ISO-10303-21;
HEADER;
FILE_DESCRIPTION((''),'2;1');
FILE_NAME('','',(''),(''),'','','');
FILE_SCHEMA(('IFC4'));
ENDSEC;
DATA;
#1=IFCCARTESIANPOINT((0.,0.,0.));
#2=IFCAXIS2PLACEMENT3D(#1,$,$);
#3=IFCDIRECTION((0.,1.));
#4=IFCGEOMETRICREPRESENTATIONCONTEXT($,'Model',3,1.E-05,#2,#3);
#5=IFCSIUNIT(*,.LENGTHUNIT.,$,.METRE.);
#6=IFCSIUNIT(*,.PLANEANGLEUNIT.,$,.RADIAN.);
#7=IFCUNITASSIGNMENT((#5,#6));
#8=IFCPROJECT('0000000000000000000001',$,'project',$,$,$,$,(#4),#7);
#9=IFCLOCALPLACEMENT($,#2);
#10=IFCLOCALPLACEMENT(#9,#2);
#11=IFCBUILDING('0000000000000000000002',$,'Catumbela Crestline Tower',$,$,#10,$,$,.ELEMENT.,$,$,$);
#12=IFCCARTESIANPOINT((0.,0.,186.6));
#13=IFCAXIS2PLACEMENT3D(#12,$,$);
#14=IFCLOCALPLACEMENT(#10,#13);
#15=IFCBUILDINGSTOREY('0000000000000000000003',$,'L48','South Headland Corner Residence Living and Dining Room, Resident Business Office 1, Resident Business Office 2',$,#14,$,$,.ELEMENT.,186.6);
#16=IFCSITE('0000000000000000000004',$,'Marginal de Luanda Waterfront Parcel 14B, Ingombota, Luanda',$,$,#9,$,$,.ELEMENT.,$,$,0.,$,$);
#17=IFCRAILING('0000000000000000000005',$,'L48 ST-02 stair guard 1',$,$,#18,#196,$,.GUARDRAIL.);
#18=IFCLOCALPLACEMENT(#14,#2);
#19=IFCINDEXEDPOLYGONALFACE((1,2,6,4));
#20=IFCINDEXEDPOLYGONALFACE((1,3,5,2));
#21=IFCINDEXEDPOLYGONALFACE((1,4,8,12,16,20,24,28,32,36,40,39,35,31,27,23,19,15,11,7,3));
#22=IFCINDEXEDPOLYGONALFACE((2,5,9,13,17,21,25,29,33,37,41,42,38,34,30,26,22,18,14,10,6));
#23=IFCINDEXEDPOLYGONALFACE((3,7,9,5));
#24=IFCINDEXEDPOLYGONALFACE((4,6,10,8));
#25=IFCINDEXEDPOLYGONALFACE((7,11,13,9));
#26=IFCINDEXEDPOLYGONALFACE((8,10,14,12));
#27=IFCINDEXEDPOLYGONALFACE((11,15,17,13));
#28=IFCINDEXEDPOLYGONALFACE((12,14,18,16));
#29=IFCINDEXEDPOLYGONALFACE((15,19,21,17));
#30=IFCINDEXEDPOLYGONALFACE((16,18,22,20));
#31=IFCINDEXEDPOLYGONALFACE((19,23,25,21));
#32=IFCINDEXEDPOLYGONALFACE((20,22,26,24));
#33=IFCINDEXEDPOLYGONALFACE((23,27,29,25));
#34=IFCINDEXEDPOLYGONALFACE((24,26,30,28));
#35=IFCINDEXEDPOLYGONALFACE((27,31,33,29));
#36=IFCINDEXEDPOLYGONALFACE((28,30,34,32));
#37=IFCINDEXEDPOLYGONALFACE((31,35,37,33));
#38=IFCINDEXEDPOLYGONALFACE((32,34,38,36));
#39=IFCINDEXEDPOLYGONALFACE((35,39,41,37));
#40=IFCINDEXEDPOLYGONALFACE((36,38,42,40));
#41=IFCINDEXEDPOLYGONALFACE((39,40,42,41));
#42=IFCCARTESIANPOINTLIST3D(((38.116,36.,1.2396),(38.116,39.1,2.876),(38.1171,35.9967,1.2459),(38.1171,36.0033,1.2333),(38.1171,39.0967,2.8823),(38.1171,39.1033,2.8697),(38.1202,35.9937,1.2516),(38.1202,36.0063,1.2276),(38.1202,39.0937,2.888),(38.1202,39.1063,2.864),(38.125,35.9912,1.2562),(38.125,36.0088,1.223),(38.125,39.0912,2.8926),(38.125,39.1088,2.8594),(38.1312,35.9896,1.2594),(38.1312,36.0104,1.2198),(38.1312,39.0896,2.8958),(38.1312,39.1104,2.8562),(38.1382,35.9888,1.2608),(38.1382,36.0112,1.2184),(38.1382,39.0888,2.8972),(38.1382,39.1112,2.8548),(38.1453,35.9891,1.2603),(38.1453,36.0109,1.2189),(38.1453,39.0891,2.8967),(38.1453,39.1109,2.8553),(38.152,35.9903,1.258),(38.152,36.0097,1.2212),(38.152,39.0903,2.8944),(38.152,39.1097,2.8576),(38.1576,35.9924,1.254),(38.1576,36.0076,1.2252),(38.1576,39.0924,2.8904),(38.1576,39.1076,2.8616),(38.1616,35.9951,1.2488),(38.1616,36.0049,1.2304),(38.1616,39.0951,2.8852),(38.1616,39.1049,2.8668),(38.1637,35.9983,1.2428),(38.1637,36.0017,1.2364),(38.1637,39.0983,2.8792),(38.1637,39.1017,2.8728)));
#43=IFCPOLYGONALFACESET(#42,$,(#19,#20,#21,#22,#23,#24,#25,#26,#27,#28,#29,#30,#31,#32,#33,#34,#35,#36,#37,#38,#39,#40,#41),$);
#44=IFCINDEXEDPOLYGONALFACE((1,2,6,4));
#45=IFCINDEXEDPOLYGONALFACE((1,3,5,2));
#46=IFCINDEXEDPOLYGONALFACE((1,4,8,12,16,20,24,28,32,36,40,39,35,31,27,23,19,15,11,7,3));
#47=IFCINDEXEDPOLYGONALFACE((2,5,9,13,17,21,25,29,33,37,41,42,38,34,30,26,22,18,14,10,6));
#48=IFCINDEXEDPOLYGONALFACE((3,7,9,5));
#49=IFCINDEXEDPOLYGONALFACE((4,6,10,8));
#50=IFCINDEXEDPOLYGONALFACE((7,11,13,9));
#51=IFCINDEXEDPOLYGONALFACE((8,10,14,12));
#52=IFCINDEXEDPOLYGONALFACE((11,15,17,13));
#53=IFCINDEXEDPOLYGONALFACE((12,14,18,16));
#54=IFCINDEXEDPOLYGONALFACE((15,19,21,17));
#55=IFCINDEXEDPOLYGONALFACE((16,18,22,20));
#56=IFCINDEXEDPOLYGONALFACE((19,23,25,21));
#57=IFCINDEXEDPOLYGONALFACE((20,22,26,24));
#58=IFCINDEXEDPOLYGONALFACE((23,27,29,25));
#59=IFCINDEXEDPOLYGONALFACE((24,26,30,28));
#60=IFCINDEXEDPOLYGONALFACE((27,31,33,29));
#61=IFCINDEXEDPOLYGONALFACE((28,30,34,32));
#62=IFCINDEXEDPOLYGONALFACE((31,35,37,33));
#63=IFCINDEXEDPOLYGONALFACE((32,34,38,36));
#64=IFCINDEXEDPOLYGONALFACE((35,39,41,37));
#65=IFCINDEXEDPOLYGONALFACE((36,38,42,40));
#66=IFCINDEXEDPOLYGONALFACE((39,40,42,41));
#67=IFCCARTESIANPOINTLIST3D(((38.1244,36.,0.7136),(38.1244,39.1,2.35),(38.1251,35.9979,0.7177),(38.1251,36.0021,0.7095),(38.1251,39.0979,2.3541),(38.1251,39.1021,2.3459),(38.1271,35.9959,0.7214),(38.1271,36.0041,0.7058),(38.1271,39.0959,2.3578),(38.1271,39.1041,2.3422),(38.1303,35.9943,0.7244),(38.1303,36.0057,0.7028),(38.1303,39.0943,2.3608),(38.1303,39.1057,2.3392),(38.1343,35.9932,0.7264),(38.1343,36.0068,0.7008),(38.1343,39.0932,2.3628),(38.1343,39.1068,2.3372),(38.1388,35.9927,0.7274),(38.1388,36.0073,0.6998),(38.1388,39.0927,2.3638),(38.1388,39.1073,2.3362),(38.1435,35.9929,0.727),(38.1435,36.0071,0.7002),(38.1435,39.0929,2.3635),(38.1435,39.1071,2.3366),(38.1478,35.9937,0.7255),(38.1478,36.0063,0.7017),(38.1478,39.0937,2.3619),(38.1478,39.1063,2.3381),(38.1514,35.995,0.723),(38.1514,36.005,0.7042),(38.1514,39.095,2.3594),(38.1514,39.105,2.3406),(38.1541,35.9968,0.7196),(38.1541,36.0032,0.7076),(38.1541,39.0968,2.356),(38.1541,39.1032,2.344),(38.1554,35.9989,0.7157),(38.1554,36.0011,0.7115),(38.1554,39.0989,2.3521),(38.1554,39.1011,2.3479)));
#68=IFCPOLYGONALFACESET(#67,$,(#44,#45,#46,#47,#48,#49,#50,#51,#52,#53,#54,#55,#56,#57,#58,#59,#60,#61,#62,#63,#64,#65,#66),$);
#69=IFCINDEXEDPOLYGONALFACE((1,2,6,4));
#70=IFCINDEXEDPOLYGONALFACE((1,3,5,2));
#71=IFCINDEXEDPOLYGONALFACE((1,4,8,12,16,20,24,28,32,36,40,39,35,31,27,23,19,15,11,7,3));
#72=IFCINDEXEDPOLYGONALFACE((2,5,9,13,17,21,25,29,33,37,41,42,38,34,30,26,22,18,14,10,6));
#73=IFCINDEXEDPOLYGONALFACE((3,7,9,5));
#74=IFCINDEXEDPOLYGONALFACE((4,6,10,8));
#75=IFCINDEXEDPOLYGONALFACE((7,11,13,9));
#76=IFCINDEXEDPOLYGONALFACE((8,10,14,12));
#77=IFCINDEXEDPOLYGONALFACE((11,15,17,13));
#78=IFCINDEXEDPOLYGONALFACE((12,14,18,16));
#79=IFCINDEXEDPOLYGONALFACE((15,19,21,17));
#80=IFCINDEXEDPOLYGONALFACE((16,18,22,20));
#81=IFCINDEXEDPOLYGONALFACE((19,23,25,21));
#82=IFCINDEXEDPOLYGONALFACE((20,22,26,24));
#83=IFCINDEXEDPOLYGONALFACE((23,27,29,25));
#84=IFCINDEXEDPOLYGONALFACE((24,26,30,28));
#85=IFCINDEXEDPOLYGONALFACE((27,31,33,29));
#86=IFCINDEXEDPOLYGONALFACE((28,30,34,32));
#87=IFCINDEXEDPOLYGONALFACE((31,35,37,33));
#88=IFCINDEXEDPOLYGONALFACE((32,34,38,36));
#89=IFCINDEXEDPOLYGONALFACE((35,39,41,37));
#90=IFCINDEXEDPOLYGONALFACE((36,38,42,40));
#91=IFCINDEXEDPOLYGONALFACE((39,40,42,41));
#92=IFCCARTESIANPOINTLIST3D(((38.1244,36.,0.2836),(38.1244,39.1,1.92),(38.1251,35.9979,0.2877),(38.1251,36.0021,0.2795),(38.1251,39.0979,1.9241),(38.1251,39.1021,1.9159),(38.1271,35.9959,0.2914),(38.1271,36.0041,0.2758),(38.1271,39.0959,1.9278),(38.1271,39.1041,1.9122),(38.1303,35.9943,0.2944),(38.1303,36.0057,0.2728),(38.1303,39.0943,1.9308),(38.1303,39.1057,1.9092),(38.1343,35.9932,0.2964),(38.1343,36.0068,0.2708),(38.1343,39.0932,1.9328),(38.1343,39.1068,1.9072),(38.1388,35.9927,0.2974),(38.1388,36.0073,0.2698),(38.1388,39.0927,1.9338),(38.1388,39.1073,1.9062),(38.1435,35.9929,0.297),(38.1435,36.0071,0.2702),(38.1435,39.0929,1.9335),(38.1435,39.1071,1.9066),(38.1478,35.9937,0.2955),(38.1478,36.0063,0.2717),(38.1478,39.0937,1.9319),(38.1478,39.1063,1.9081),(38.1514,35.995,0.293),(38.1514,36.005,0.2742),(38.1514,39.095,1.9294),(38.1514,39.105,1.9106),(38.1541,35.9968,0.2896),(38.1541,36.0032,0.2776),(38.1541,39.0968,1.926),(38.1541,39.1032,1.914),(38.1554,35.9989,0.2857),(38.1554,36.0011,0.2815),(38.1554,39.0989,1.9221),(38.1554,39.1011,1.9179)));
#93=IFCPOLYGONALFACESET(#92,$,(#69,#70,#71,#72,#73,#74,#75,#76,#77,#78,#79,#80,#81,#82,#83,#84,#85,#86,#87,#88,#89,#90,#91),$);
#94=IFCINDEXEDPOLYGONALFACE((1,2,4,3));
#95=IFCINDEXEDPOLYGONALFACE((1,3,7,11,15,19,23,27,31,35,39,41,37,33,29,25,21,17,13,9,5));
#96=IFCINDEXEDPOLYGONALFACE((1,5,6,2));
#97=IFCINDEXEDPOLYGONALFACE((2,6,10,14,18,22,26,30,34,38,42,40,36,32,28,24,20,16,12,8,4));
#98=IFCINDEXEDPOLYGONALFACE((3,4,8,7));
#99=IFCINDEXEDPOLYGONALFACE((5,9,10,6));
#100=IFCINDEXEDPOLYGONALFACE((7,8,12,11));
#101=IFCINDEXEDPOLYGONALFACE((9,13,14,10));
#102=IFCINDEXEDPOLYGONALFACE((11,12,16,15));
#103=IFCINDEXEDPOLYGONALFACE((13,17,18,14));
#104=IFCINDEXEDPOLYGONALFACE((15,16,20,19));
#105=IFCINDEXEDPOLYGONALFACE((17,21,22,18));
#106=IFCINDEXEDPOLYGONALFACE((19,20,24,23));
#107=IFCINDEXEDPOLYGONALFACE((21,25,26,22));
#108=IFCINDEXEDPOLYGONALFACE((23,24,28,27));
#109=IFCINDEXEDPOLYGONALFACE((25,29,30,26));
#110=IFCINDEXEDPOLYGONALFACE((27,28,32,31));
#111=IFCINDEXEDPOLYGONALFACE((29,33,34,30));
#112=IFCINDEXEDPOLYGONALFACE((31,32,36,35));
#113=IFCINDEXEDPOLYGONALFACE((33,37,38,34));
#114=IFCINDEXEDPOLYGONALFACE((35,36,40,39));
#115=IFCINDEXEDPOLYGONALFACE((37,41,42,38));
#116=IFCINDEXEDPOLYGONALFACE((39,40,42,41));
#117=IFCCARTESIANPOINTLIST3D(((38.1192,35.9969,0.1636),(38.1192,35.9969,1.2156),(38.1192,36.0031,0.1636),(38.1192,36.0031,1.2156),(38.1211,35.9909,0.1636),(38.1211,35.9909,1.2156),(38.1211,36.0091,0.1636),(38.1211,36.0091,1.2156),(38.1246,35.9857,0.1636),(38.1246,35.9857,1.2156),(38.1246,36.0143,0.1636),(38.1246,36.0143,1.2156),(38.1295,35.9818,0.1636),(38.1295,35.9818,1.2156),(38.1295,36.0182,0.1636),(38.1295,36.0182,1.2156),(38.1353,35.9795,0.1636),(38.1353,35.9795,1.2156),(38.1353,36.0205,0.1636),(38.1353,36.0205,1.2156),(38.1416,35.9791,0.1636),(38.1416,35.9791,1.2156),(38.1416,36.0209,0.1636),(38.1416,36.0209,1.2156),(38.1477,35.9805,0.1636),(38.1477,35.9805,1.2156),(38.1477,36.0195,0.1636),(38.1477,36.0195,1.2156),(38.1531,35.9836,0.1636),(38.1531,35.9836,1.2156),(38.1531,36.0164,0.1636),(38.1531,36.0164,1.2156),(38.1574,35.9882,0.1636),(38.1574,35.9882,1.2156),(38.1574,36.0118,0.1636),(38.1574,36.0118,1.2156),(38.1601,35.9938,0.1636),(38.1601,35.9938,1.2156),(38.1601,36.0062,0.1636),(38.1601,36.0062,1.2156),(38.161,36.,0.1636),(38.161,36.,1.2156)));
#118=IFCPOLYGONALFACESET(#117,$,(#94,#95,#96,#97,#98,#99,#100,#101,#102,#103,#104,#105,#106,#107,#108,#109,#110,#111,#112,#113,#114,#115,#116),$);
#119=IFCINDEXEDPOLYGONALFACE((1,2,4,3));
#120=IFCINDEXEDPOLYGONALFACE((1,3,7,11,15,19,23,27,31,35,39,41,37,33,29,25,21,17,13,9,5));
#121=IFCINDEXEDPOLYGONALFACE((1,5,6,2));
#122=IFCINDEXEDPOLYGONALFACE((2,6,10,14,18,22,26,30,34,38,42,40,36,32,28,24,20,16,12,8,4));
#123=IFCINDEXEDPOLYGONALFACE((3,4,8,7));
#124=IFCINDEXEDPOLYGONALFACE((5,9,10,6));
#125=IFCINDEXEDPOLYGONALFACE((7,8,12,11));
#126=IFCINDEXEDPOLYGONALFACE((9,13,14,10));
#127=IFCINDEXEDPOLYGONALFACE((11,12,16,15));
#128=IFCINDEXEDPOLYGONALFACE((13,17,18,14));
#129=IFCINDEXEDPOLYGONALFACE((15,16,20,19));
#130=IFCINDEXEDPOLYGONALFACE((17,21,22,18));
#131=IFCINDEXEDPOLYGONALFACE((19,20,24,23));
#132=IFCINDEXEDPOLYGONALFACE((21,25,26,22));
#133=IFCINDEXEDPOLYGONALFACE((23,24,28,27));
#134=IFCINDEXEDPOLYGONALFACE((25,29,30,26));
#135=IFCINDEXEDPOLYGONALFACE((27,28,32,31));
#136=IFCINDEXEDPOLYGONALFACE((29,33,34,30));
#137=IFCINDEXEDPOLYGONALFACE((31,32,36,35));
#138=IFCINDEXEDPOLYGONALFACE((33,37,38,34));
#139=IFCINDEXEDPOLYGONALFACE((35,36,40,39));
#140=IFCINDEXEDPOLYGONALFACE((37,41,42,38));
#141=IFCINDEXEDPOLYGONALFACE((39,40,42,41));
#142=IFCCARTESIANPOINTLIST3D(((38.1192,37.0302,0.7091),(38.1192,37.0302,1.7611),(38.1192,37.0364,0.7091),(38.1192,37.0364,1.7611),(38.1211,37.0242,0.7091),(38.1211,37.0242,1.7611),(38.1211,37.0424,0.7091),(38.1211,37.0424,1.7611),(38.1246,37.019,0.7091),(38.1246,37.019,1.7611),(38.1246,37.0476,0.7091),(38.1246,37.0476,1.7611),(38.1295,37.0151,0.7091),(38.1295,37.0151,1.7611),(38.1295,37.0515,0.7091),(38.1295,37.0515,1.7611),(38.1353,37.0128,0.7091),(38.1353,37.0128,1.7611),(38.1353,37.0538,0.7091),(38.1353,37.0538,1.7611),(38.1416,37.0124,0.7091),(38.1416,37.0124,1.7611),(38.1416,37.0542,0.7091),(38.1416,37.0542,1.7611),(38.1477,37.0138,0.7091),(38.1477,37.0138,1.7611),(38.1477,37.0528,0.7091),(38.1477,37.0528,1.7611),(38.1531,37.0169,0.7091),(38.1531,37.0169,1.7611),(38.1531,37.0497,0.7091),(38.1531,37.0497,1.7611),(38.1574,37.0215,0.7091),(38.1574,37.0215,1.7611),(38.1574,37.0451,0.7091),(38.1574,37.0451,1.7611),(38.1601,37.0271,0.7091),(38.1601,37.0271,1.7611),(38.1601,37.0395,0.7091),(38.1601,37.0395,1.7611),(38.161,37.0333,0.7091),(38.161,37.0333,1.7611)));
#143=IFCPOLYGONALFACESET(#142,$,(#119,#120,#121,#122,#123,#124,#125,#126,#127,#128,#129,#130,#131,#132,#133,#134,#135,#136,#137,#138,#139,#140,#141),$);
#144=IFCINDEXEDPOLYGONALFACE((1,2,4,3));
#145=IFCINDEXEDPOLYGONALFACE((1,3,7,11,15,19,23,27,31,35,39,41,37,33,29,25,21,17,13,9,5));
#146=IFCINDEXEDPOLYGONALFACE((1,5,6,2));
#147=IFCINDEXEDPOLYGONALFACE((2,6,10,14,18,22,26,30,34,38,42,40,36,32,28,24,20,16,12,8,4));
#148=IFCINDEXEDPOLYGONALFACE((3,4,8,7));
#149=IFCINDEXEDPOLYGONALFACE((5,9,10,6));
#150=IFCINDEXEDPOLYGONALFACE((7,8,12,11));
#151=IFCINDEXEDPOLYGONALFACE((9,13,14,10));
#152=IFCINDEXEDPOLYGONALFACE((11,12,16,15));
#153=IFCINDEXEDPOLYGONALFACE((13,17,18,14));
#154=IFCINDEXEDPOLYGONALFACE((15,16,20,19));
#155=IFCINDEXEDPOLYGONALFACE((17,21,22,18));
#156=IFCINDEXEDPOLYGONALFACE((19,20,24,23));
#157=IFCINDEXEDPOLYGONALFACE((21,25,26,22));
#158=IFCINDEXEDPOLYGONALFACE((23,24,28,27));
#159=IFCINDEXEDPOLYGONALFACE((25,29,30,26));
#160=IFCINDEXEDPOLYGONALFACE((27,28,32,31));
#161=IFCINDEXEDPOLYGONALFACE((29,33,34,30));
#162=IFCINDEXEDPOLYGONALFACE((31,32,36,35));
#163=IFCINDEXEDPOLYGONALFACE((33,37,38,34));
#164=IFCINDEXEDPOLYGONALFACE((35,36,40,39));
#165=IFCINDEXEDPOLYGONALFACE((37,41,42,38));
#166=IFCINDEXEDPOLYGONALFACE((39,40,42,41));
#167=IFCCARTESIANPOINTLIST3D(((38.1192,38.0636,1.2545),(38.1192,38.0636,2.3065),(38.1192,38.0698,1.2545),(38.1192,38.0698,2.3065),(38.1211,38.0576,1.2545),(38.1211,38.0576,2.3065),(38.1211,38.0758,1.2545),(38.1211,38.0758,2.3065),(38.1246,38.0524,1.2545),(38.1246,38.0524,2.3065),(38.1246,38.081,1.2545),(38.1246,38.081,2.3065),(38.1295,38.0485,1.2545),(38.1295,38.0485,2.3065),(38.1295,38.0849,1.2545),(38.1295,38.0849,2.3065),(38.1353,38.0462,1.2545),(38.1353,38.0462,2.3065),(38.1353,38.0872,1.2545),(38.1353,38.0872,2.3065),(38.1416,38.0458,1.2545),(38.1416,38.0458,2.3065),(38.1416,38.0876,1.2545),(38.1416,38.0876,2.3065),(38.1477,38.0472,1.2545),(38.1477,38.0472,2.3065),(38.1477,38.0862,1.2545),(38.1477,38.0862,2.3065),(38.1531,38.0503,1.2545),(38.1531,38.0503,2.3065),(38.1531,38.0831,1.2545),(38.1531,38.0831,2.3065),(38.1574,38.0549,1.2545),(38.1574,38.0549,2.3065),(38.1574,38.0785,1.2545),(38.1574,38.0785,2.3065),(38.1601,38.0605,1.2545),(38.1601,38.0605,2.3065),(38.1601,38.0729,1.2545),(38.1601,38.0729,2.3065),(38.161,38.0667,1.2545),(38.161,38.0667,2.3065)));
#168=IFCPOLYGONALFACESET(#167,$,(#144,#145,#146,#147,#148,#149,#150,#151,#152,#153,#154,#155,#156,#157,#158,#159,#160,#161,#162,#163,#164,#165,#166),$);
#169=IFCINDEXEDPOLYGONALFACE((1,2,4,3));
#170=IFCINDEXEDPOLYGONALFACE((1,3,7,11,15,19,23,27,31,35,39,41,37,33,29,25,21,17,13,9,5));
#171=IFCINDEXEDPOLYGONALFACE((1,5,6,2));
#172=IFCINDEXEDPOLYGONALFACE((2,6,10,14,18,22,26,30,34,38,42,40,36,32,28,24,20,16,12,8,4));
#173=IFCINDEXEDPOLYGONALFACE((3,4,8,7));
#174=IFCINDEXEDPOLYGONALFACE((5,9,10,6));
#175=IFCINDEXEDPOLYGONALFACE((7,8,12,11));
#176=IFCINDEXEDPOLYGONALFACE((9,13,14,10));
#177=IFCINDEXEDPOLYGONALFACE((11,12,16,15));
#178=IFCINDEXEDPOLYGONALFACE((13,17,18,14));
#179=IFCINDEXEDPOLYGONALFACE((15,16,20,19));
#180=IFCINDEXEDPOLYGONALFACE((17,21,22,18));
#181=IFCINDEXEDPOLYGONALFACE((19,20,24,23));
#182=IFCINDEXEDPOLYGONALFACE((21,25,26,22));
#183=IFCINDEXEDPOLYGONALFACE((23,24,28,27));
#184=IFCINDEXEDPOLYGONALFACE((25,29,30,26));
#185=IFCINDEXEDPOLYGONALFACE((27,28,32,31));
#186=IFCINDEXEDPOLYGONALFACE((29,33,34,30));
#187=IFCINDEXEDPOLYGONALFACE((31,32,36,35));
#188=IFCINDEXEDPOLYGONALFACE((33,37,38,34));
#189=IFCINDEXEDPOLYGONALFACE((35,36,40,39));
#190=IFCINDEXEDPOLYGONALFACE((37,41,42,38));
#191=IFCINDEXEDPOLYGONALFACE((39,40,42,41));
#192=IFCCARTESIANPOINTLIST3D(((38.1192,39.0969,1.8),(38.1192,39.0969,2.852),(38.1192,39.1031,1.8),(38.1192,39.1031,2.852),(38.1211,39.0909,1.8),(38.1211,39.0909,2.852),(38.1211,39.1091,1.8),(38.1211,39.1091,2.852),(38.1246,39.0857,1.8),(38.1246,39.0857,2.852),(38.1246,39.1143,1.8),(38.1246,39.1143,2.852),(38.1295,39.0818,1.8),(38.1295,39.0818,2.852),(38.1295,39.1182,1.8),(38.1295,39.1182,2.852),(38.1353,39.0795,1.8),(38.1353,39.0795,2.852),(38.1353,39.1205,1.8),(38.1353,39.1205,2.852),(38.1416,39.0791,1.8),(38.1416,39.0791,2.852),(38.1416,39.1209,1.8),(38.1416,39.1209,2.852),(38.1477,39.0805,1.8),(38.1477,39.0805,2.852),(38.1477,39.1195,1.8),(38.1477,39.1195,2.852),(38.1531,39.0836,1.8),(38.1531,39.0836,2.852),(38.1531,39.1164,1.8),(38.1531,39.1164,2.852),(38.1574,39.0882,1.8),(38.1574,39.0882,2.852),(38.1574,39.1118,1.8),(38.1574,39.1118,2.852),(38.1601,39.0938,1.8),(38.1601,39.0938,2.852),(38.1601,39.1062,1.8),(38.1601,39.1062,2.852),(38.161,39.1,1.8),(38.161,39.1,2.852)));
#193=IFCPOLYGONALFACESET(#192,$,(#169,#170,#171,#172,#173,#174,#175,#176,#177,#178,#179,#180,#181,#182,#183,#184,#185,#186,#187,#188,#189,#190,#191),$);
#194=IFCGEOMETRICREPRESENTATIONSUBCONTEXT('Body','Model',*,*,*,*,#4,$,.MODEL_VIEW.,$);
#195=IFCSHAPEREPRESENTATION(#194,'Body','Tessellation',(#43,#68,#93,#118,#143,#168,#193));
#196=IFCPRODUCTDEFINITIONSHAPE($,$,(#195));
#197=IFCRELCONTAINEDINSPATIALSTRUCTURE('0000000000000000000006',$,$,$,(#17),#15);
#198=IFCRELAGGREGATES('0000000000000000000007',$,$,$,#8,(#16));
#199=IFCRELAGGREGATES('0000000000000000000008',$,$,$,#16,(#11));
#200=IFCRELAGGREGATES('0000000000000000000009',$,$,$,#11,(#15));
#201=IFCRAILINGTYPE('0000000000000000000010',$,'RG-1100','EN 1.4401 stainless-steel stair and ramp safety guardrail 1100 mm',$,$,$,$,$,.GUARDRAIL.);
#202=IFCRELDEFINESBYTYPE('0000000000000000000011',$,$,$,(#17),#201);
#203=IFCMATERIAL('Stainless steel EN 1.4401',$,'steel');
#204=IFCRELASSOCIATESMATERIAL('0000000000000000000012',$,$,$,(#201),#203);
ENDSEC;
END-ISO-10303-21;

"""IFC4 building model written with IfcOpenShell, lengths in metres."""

from ifc_helpers import new_model, si_unit, direction, frame, origin, origin_2d, place, context, subcontext, project, spatial, circle, extrude, material, type_object, element, save


model = new_model("IFC4")

# Units and contexts
model_context = context("Model", 3, precision=1e-05, world=origin(), true_north=direction((0.0, 1.0)))
body_context = subcontext(model_context, "Body", "Model", "MODEL_VIEW")
ifc_project = project(units=[si_unit("LENGTHUNIT", "METRE"), si_unit("PLANEANGLEUNIT", "RADIAN")], contexts=[model_context])

# Site, building, storey
site_placement = place(None, origin())
site = spatial("IfcSite", under=ifc_project, at=site_placement, Name="Marginal de Luanda Waterfront Parcel 14B, Ingombota, Luanda", CompositionType="ELEMENT", RefElevation=0.0)
building_placement = place(site_placement, origin())
building = spatial("IfcBuilding", under=site, at=building_placement, Name="Catumbela Crestline Tower", CompositionType="ELEMENT")
storey_placement = place(building_placement, frame((0.0, 0.0, 186.6)))
storey = spatial("IfcBuildingStorey", under=building, at=storey_placement, Name="L48", Description="South Headland Corner Residence Living and Dining Room, Resident Business Office 1, Resident Business Office 2", CompositionType="ELEMENT", Elevation=186.6)

# Shared definitions
ifc_material_1 = material(Name="Stainless steel EN 1.4401", Category="steel")

# Railing
railing_type_1 = type_object("IfcRailingType", Name="RG-1100", Description="EN 1.4401 stainless-steel stair and ramp safety guardrail 1100 mm", PredefinedType="GUARDRAIL", material=ifc_material_1)
railing_1_placement = place(storey_placement, frame((38.14, 36.0, 0.1636)))
element("IfcRailing", 1, at=railing_1_placement, inside=storey, type_object=railing_type_1, Name="L48 ST-02 stair guard 1", PredefinedType="GUARDRAIL", context=body_context, shape_type="SweptSolid", body=[
    extrude(circle(Radius=0.024, at=origin_2d()), frame((0.0, 0.0, 1.076), z_axis=(0.0, 0.884351, 0.466823), x_axis=(-1.0, 0.0, 0.0)), (0.0, 0.0, 1.0), 3.5054),
    extrude(circle(Radius=0.0156, at=origin_2d()), frame((0.0, 0.0, 0.55), z_axis=(0.0, 0.884351, 0.466823), x_axis=(-1.0, 0.0, 0.0)), (0.0, 0.0, 1.0), 3.5054),
    extrude(circle(Radius=0.0156, at=origin_2d()), frame((0.0, 0.0, 0.12), z_axis=(0.0, 0.884351, 0.466823), x_axis=(-1.0, 0.0, 0.0)), (0.0, 0.0, 1.0), 3.5054),
    extrude(circle(Radius=0.021, at=origin_2d()), origin(), (0.0, 0.0, 1.0), 1.052),
    extrude(circle(Radius=0.021, at=origin_2d()), frame((0.0, 1.0333, 0.5455)), (0.0, 0.0, 1.0), 1.052),
    extrude(circle(Radius=0.021, at=origin_2d()), frame((0.0, 2.0667, 1.0909)), (0.0, 0.0, 1.0), 1.052),
    extrude(circle(Radius=0.021, at=origin_2d()), frame((0.0, 3.1, 1.6364)), (0.0, 0.0, 1.0), 1.052),
])

save(model, "model.ifc")
